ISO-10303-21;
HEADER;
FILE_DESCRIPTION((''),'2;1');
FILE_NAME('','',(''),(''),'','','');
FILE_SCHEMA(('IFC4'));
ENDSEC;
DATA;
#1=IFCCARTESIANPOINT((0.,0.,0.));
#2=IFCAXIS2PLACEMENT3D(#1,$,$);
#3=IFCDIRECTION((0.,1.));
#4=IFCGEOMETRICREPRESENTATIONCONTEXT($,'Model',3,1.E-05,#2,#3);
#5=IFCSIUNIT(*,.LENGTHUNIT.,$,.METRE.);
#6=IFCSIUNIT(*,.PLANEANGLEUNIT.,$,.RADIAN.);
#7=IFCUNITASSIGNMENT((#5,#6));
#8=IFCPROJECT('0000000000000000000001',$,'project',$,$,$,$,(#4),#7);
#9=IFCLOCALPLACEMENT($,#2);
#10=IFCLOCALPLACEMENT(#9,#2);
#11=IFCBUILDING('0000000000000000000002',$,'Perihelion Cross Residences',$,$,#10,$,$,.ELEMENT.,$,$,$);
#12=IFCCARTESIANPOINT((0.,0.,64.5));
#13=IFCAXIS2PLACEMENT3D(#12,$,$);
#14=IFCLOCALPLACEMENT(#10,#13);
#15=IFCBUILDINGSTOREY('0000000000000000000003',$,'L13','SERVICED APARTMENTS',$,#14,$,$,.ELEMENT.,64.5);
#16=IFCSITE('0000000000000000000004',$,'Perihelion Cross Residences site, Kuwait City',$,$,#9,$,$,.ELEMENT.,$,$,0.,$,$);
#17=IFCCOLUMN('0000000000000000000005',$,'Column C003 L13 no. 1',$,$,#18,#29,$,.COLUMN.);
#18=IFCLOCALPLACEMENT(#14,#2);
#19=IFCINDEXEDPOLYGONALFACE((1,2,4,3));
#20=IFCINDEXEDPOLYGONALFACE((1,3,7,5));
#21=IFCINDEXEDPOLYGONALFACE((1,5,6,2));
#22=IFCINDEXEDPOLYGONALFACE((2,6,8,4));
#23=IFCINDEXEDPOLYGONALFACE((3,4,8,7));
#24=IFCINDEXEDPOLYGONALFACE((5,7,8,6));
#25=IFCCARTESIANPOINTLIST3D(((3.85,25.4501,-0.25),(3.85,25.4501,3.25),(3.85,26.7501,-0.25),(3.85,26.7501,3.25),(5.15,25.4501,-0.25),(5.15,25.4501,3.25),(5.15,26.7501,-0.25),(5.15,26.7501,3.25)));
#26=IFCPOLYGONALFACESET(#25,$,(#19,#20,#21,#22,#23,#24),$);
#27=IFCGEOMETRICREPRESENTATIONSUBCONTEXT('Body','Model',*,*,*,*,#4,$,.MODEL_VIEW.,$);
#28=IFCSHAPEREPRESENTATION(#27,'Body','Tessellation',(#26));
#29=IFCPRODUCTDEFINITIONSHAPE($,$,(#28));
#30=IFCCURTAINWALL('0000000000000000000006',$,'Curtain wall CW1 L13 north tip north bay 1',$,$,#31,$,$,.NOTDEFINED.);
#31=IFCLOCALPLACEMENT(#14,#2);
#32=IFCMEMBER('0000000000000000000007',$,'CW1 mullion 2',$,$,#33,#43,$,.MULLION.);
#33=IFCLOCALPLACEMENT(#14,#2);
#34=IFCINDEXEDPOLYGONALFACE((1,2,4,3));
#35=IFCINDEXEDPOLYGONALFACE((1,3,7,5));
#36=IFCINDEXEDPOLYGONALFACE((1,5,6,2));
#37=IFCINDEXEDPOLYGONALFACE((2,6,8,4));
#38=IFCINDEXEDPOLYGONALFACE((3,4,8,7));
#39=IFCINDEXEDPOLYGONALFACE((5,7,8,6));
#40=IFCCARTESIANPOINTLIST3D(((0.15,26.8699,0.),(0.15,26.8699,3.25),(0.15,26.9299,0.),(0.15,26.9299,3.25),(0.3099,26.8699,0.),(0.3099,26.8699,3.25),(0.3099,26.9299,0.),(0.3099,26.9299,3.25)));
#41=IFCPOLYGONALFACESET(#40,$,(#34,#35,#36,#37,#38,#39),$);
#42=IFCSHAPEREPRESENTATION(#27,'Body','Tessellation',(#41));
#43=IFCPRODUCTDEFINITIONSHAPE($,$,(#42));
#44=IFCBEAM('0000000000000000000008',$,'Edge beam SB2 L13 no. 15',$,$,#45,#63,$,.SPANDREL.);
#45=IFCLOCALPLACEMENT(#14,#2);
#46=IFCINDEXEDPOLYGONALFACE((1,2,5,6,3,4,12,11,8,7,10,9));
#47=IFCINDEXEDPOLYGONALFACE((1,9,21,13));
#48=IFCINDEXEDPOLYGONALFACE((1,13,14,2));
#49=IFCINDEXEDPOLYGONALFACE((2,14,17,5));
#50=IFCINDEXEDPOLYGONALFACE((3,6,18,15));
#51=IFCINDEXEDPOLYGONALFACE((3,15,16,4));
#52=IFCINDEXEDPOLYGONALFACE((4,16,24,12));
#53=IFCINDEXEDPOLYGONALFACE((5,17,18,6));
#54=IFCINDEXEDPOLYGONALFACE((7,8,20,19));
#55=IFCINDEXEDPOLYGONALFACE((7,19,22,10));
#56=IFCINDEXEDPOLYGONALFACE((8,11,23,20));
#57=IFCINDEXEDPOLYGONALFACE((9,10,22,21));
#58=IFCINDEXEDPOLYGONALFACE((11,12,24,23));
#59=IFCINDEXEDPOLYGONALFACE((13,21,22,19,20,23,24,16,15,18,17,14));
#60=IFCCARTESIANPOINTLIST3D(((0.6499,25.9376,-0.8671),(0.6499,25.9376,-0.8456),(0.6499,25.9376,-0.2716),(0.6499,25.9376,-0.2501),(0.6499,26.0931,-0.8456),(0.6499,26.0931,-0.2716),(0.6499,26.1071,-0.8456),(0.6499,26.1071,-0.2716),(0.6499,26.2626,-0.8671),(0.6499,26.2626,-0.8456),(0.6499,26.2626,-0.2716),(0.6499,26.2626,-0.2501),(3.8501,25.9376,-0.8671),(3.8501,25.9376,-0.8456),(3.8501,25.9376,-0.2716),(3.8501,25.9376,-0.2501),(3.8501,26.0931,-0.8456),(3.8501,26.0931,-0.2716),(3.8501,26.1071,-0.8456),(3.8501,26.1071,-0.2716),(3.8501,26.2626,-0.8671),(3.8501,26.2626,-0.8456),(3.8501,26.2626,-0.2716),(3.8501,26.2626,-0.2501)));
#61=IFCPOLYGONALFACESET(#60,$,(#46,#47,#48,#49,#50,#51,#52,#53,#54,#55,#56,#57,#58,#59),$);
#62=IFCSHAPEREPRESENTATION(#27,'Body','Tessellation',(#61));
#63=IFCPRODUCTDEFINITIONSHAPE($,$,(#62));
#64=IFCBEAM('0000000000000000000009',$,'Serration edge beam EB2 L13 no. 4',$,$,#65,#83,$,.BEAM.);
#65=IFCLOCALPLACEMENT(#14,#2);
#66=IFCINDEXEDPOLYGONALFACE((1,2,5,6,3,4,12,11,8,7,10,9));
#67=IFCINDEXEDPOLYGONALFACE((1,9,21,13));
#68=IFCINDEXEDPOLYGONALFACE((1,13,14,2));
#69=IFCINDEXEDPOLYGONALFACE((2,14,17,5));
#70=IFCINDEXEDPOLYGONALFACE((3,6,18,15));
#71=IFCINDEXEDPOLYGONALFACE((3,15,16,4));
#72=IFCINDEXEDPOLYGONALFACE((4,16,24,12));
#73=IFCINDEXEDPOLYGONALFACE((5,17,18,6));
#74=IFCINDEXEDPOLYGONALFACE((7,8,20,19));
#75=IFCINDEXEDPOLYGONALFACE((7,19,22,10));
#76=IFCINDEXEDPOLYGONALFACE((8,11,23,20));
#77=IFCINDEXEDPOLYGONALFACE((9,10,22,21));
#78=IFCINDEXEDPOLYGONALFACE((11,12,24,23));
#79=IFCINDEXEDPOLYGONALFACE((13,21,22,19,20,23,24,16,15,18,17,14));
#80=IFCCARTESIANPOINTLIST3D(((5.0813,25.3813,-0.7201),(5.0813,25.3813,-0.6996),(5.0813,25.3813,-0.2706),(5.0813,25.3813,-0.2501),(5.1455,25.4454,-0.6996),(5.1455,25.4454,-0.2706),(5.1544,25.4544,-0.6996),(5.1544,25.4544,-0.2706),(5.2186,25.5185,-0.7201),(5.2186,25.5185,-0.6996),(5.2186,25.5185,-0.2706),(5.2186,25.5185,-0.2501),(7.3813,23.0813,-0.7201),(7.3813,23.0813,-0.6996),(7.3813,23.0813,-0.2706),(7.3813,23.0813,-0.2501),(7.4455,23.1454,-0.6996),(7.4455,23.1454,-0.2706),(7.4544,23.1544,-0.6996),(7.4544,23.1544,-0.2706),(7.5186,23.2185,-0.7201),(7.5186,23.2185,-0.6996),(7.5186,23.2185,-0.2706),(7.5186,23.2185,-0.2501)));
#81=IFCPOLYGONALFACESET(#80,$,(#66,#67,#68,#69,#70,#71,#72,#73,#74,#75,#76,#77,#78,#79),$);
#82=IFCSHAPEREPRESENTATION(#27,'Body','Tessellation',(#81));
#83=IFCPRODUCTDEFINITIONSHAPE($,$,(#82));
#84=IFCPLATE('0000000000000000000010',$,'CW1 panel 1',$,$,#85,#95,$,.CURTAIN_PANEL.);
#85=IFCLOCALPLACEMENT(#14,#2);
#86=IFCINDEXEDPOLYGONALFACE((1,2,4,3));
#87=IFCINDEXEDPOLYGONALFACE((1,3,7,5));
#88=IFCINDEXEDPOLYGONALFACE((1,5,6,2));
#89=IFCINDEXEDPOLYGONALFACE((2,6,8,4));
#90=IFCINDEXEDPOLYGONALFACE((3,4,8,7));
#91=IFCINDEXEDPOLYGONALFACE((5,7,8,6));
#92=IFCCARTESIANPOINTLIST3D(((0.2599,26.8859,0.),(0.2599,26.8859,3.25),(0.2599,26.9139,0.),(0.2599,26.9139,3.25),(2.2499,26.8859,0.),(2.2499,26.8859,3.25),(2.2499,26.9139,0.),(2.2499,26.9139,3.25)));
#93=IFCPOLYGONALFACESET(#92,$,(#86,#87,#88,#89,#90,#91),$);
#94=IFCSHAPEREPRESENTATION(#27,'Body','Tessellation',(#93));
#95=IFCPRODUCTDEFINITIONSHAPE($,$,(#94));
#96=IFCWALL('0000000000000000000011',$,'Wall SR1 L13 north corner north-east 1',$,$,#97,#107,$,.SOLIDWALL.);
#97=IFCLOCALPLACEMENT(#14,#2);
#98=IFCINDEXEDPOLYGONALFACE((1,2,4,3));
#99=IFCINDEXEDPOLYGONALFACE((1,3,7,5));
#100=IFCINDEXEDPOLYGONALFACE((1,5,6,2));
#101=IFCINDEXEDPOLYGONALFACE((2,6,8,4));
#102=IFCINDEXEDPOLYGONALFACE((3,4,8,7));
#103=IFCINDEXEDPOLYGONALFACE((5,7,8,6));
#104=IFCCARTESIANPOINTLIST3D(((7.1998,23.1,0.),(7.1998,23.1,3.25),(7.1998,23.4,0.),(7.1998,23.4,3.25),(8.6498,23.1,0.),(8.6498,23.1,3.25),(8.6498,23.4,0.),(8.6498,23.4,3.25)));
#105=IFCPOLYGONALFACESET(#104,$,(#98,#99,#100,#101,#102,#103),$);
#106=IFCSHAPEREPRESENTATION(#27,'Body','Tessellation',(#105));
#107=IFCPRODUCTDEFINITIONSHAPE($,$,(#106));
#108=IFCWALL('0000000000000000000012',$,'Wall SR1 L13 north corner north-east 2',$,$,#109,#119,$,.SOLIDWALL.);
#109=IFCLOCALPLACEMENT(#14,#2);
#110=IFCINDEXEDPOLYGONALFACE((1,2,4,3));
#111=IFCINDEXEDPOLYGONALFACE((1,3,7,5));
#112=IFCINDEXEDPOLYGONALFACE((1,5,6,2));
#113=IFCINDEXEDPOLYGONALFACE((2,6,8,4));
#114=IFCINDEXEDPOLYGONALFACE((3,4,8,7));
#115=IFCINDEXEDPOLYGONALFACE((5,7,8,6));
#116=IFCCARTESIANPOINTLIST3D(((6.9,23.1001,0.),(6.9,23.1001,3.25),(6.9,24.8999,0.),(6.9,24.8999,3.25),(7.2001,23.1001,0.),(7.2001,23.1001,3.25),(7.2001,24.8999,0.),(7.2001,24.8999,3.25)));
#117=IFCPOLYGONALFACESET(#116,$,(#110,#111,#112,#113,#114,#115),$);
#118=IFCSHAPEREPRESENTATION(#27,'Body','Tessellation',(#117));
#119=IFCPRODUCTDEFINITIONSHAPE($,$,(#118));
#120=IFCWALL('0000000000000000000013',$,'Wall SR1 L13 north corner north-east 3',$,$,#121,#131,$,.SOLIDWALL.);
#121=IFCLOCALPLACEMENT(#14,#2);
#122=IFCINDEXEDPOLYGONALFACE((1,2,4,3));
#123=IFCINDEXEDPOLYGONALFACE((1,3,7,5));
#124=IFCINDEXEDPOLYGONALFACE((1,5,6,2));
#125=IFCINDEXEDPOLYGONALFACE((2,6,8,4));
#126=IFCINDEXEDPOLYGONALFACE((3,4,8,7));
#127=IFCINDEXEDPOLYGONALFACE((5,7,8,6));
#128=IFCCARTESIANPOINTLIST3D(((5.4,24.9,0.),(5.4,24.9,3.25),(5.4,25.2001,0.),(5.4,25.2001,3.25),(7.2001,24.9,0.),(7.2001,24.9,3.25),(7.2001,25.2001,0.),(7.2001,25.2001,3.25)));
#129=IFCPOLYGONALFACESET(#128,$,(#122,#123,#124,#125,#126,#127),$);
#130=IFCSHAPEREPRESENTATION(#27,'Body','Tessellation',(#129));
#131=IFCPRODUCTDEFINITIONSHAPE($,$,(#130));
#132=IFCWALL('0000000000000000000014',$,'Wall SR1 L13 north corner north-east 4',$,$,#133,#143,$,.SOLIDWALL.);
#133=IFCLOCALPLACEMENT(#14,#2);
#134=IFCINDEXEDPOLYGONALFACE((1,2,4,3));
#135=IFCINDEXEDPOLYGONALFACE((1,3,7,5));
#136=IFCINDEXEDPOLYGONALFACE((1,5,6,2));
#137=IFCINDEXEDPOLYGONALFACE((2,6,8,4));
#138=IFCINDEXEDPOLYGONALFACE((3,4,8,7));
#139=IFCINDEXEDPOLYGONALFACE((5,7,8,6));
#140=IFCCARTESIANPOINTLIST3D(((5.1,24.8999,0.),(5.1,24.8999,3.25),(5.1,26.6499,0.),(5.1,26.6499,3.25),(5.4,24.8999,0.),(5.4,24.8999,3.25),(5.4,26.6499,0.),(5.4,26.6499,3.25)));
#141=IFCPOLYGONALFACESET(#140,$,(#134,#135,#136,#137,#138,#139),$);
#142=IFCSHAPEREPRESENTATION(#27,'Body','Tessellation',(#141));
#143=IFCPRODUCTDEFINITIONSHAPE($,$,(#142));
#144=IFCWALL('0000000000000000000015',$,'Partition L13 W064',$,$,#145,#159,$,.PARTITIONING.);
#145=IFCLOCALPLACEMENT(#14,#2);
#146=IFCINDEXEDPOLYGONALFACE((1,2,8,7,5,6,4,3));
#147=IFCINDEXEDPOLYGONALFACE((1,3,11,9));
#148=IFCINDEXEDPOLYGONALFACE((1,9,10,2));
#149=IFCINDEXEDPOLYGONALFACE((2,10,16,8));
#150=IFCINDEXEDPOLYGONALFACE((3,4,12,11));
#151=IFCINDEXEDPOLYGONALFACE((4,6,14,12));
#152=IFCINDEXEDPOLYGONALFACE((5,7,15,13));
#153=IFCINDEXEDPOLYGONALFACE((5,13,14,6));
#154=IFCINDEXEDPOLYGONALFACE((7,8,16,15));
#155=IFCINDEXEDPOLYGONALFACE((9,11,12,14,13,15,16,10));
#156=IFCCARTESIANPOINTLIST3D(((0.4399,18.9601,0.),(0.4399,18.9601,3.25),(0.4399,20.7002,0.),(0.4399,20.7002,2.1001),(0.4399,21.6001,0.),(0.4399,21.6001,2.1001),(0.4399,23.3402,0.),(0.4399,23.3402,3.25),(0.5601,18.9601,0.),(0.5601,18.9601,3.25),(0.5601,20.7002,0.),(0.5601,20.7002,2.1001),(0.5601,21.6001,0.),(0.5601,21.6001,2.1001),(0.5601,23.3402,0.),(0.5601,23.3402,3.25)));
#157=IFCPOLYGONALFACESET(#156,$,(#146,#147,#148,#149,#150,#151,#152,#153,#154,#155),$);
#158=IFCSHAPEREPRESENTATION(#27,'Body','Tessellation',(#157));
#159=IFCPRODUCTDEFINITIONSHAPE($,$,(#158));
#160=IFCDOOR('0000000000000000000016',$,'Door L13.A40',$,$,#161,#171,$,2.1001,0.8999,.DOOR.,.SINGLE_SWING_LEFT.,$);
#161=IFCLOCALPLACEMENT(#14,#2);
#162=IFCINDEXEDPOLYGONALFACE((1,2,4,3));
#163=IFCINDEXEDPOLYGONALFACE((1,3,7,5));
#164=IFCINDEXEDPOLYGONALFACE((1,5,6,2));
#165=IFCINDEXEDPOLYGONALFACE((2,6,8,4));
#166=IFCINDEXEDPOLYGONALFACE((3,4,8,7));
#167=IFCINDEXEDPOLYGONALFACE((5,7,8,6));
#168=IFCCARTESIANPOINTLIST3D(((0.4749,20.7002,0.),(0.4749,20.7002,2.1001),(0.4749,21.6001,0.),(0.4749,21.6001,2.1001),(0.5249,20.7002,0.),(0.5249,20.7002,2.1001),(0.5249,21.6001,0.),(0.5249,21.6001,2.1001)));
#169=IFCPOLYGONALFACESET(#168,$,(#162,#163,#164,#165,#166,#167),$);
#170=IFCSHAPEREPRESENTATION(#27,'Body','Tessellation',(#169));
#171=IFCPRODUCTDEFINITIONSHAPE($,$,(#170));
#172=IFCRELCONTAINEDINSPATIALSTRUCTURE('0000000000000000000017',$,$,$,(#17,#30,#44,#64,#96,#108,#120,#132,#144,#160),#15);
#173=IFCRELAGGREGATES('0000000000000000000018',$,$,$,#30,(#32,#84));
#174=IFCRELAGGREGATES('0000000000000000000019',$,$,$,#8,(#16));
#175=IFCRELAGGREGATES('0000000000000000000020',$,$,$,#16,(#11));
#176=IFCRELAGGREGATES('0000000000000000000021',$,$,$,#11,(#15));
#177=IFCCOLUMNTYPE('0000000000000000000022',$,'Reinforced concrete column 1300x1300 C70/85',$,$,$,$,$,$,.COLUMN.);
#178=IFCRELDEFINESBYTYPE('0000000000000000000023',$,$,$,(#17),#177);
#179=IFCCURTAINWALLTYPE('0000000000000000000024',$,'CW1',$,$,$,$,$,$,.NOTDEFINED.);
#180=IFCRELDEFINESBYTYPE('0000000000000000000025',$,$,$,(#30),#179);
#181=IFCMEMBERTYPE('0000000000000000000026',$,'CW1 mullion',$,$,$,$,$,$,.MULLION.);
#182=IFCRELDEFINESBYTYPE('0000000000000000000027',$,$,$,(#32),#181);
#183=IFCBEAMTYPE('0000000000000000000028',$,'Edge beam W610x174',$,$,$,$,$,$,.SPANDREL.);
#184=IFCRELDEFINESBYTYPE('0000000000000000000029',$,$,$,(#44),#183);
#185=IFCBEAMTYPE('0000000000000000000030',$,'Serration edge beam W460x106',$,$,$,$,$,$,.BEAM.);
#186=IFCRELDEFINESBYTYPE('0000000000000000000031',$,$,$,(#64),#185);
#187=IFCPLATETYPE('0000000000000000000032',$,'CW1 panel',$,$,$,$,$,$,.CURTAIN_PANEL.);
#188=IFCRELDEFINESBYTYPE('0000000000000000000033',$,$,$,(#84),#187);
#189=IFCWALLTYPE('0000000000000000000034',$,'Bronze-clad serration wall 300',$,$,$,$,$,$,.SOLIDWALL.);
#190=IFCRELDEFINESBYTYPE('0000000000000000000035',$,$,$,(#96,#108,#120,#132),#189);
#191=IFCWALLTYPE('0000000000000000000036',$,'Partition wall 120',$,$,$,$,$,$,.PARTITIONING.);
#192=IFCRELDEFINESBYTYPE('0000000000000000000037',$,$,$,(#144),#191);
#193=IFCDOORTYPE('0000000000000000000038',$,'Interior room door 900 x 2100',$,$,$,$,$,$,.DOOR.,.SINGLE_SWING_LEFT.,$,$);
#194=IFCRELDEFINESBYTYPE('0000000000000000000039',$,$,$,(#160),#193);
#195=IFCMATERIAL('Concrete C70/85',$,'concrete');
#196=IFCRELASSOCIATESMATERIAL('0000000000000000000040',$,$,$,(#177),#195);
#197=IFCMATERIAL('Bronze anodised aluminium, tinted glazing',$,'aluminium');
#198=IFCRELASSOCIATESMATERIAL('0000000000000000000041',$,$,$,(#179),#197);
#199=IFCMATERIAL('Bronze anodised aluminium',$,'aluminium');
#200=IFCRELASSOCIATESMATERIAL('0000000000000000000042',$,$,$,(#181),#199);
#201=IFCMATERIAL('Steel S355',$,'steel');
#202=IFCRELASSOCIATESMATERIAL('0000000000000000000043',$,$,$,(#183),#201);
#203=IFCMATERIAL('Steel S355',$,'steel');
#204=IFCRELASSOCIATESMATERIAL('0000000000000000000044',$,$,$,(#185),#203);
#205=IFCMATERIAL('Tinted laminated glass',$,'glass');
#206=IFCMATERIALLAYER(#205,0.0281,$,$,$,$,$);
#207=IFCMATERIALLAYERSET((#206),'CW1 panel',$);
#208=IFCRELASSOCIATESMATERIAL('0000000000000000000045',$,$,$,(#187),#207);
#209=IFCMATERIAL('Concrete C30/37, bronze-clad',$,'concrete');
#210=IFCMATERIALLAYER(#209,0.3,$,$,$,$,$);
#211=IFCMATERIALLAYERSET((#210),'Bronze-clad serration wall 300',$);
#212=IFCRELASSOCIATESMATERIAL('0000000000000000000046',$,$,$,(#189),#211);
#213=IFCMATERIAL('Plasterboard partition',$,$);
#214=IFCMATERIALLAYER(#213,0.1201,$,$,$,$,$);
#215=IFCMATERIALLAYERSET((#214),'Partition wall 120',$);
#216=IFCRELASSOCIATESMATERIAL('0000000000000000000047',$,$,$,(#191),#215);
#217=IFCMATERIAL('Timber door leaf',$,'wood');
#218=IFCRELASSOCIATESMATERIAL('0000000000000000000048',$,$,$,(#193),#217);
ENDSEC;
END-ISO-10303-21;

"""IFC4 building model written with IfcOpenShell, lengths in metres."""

from ifc_helpers import new_model, si_unit, direction, frame, frame_2d, origin, origin_2d, place, context, subcontext, project, spatial, rectangle, i_section, extrude, material, layer, layer_set, material_profile, profile_set, type_object, element, fill, aggregate, save


model = new_model("IFC4")

# Units and contexts
model_context = context("Model", 3, precision=1e-05, world=origin(), true_north=direction((0.0, 1.0)))
body_context = subcontext(model_context, "Body", "Model", "MODEL_VIEW")
ifc_project = project(units=[si_unit("LENGTHUNIT", "METRE"), si_unit("PLANEANGLEUNIT", "RADIAN")], contexts=[model_context])

# Site, building, storey
site_placement = place(None, origin())
site = spatial("IfcSite", under=ifc_project, at=site_placement, Name="Perihelion Cross Residences site, Kuwait City", CompositionType="ELEMENT", RefElevation=0.0)
building_placement = place(site_placement, origin())
building = spatial("IfcBuilding", under=site, at=building_placement, Name="Perihelion Cross Residences", CompositionType="ELEMENT")
storey_placement = place(building_placement, frame((0.0, 0.0, 64.5)))
storey = spatial("IfcBuildingStorey", under=building, at=storey_placement, Name="L13", Description="SERVICED APARTMENTS", CompositionType="ELEMENT", Elevation=64.5)

# Column
ifc_material_1 = material(Name="Concrete C70/85", Category="concrete")
ifc_material_profile_1 = material_profile(ifc_material_1, rectangle(XDim=1.3, YDim=1.3, at=origin_2d()), Name="RC 1300x1300")
ifc_profile_set_1 = profile_set([ifc_material_profile_1], Name="Concrete C70/85")
column_type = type_object("IfcColumnType", Name="Reinforced concrete column 1300x1300 C70/85", PredefinedType="COLUMN", material=ifc_profile_set_1)
column_placement = place(storey_placement, frame((4.5, 26.1001, -0.25), z_axis=(0.0, 0.0, 1.0), x_axis=(1.0, 0.0, 0.0)))
element("IfcColumn", 1, at=column_placement, inside=storey, type_object=column_type, Name="Column C003 L13 no. 1", PredefinedType="COLUMN", context=body_context, shape_type="SweptSolid", body=[
    extrude(rectangle(XDim=1.3, YDim=1.3, at=origin_2d()), origin(), (0.0, 0.0, 1.0), 3.5),
])

# Curtain wall, member
ifc_material_2 = material(Name="Bronze anodised aluminium, tinted glazing", Category="aluminium")
curtain_wall_type = type_object("IfcCurtainWallType", Name="CW1", PredefinedType="NOTDEFINED", material=ifc_material_2)
curtain_wall_placement = place(storey_placement, origin())
curtain_wall = element("IfcCurtainWall", 2, at=curtain_wall_placement, inside=storey, type_object=curtain_wall_type, Name="Curtain wall CW1 L13 north tip north bay 1", PredefinedType="NOTDEFINED")
ifc_material_3 = material(Name="Bronze anodised aluminium", Category="aluminium")
ifc_material_profile_2 = material_profile(ifc_material_3, rectangle(XDim=0.0601, YDim=0.1599, at=origin_2d()), Name="CW1 mullion")
ifc_profile_set_2 = profile_set([ifc_material_profile_2], Name="Bronze anodised aluminium")
member_type = type_object("IfcMemberType", Name="CW1 mullion", PredefinedType="MULLION", material=ifc_profile_set_2)
member_placement = place(storey_placement, frame((0.23, 26.8999, 0.0), z_axis=(0.0, 0.0, 1.0), x_axis=(0.0, -1.0, 0.0)))
member = element("IfcMember", 3, at=member_placement, type_object=member_type, Name="CW1 mullion 2", PredefinedType="MULLION", context=body_context, shape_type="SweptSolid", body=[
    extrude(rectangle(XDim=0.0601, YDim=0.1599, at=origin_2d()), origin(), (0.0, 0.0, 1.0), 3.25),
])

# Beams
ifc_material_4 = material(Name="Steel S355", Category="steel")
ifc_material_profile_3 = material_profile(ifc_material_4, i_section(OverallWidth=0.325, OverallDepth=0.6169, WebThickness=0.0139, FlangeThickness=0.0215, at=origin_2d()), Name="W610x174")
ifc_profile_set_3 = profile_set([ifc_material_profile_3], Name="Steel S355")
beam_type_1 = type_object("IfcBeamType", Name="Edge beam W610x174", PredefinedType="SPANDREL", material=ifc_profile_set_3)
beam_1_placement = place(storey_placement, frame((3.8501, 26.1001, -0.5586), z_axis=(-1.0, 0.0, 0.0), x_axis=(0.0, -1.0, 0.0)))
element("IfcBeam", 4, at=beam_1_placement, inside=storey, type_object=beam_type_1, Name="Edge beam SB2 L13 no. 15", PredefinedType="SPANDREL", context=body_context, shape_type="SweptSolid", body=[
    extrude(i_section(OverallWidth=0.325, OverallDepth=0.6169, WebThickness=0.0139, FlangeThickness=0.0215, at=origin_2d()), origin(), (0.0, 0.0, 1.0), 3.2002),
])
ifc_material_5 = material(Name="Steel S355", Category="steel")
ifc_material_profile_4 = material_profile(ifc_material_5, i_section(OverallWidth=0.1941, OverallDepth=0.47, WebThickness=0.0127, FlangeThickness=0.0205, at=origin_2d()), Name="W460x106")
ifc_profile_set_4 = profile_set([ifc_material_profile_4], Name="Steel S355")
beam_type_2 = type_object("IfcBeamType", Name="Serration edge beam W460x106", PredefinedType="BEAM", material=ifc_profile_set_4)
beam_2_placement = place(storey_placement, frame((7.45, 23.1499, -0.4851), z_axis=(-0.707107, 0.707107, 0.0), x_axis=(-0.707107, -0.707107, 0.0)))
element("IfcBeam", 5, at=beam_2_placement, inside=storey, type_object=beam_type_2, Name="Serration edge beam EB2 L13 no. 4", PredefinedType="BEAM", context=body_context, shape_type="SweptSolid", body=[
    extrude(i_section(OverallWidth=0.1941, OverallDepth=0.47, WebThickness=0.0127, FlangeThickness=0.0205, at=origin_2d()), origin(), (0.0, 0.0, 1.0), 3.2527),
])

# Plate
ifc_material_6 = material(Name="Tinted laminated glass", Category="glass")
ifc_layer_1 = layer(ifc_material_6, 0.0281)
ifc_layer_set_1 = layer_set([ifc_layer_1], Name="CW1 panel")
plate_type = type_object("IfcPlateType", Name="CW1 panel", PredefinedType="CURTAIN_PANEL", material=ifc_layer_set_1)
plate_placement = place(storey_placement, frame((1.2549, 26.8999, 0.0), z_axis=(0.0, 0.0, 1.0), x_axis=(-1.0, 0.0, 0.0)))
plate = element("IfcPlate", 6, at=plate_placement, type_object=plate_type, Name="CW1 panel 1", PredefinedType="CURTAIN_PANEL", context=body_context, shape_type="SweptSolid", body=[
    extrude(rectangle(XDim=1.99, YDim=0.0281, at=origin_2d()), origin(), (0.0, 0.0, 1.0), 3.25),
])
aggregate(curtain_wall, [member, plate])

# Walls
ifc_material_7 = material(Name="Concrete C30/37, bronze-clad", Category="concrete")
ifc_layer_2 = layer(ifc_material_7, 0.3)
ifc_layer_set_2 = layer_set([ifc_layer_2], Name="Bronze-clad serration wall 300")
wall_type_1 = type_object("IfcWallType", Name="Bronze-clad serration wall 300", PredefinedType="SOLIDWALL", material=ifc_layer_set_2)
wall_1_placement = place(storey_placement, frame((8.6499, 23.25, 0.0), z_axis=(0.0, 0.0, 1.0), x_axis=(-1.0, 0.0, 0.0)))
element("IfcWall", 7, at=wall_1_placement, inside=storey, type_object=wall_type_1, Name="Wall SR1 L13 north corner north-east 1", PredefinedType="SOLIDWALL", context=body_context, shape_type="SweptSolid", body=[
    extrude(rectangle(XDim=1.45, YDim=0.3, at=frame_2d((0.7251, 0.0))), origin(), (0.0, 0.0, 1.0), 3.25),
])
wall_2_placement = place(storey_placement, frame((7.05, 23.1001, 0.0), z_axis=(0.0, 0.0, 1.0), x_axis=(0.0, 1.0, 0.0)))
element("IfcWall", 8, at=wall_2_placement, inside=storey, type_object=wall_type_1, Name="Wall SR1 L13 north corner north-east 2", PredefinedType="SOLIDWALL", context=body_context, shape_type="SweptSolid", body=[
    extrude(rectangle(XDim=1.7998, YDim=0.3, at=frame_2d((0.8999, 0.0))), origin(), (0.0, 0.0, 1.0), 3.25),
])
wall_3_placement = place(storey_placement, frame((7.2, 25.05, 0.0), z_axis=(0.0, 0.0, 1.0), x_axis=(-1.0, 0.0, 0.0)))
element("IfcWall", 9, at=wall_3_placement, inside=storey, type_object=wall_type_1, Name="Wall SR1 L13 north corner north-east 3", PredefinedType="SOLIDWALL", context=body_context, shape_type="SweptSolid", body=[
    extrude(rectangle(XDim=1.8, YDim=0.3, at=frame_2d((0.8999, 0.0))), origin(), (0.0, 0.0, 1.0), 3.25),
])
wall_4_placement = place(storey_placement, frame((5.25, 24.8999, 0.0), z_axis=(0.0, 0.0, 1.0), x_axis=(0.0, 1.0, 0.0)))
element("IfcWall", 10, at=wall_4_placement, inside=storey, type_object=wall_type_1, Name="Wall SR1 L13 north corner north-east 4", PredefinedType="SOLIDWALL", context=body_context, shape_type="SweptSolid", body=[
    extrude(rectangle(XDim=1.75, YDim=0.3, at=frame_2d((0.875, 0.0))), origin(), (0.0, 0.0, 1.0), 3.25),
])

# Wall, opening, door
ifc_material_8 = material(Name="Plasterboard partition")
ifc_layer_3 = layer(ifc_material_8, 0.1201)
ifc_layer_set_3 = layer_set([ifc_layer_3], Name="Partition wall 120")
wall_type_2 = type_object("IfcWallType", Name="Partition wall 120", PredefinedType="PARTITIONING", material=ifc_layer_set_3)
wall_5_placement = place(storey_placement, frame((0.5, 23.3401, 0.0), z_axis=(0.0, 0.0, 1.0), x_axis=(0.0, -1.0, 0.0)))
wall_5 = element("IfcWall", 11, at=wall_5_placement, inside=storey, type_object=wall_type_2, Name="Partition L13 W064", PredefinedType="PARTITIONING", context=body_context, shape_type="SweptSolid", body=[
    extrude(rectangle(XDim=4.3801, YDim=0.1201, at=frame_2d((2.1899, 0.0))), origin(), (0.0, 0.0, 1.0), 3.25),
])
opening_1_placement = place(wall_5_placement, frame((1.74, 0.0, 0.0)))
opening_1 = element("IfcOpeningElement", 12, at=opening_1_placement, cuts=wall_5, PredefinedType="OPENING", context=body_context, shape_type="SweptSolid", body=[
    extrude(rectangle(XDim=0.8999, YDim=2.1001, at=frame_2d((0.45, 1.05))), frame((0.0, 0.0701, 0.0), z_axis=(0.0, -1.0, 0.0), x_axis=(1.0, 0.0, 0.0)), (0.0, 0.0, 1.0), 0.1401),
])
ifc_material_9 = material(Name="Timber door leaf", Category="wood")
door_type_1 = type_object("IfcDoorType", Name="Interior room door 900 x 2100", OperationType="SINGLE_SWING_LEFT", PredefinedType="DOOR", material=ifc_material_9)
door_1_placement = place(opening_1_placement, origin())
door_1 = element("IfcDoor", 13, at=door_1_placement, inside=storey, type_object=door_type_1, Name="Door L13.A40", OperationType="SINGLE_SWING_LEFT", OverallHeight=2.1001, OverallWidth=0.8999, PredefinedType="DOOR", context=body_context, shape_type="SweptSolid", body=[
    extrude(rectangle(XDim=0.8999, YDim=2.1001, at=frame_2d((0.45, 1.05))), frame((0.0, 0.0249, 0.0), z_axis=(0.0, -1.0, 0.0), x_axis=(1.0, 0.0, 0.0)), (0.0, 0.0, 1.0), 0.05),
])
fill(opening_1, door_1)

save(model, "model.ifc")
